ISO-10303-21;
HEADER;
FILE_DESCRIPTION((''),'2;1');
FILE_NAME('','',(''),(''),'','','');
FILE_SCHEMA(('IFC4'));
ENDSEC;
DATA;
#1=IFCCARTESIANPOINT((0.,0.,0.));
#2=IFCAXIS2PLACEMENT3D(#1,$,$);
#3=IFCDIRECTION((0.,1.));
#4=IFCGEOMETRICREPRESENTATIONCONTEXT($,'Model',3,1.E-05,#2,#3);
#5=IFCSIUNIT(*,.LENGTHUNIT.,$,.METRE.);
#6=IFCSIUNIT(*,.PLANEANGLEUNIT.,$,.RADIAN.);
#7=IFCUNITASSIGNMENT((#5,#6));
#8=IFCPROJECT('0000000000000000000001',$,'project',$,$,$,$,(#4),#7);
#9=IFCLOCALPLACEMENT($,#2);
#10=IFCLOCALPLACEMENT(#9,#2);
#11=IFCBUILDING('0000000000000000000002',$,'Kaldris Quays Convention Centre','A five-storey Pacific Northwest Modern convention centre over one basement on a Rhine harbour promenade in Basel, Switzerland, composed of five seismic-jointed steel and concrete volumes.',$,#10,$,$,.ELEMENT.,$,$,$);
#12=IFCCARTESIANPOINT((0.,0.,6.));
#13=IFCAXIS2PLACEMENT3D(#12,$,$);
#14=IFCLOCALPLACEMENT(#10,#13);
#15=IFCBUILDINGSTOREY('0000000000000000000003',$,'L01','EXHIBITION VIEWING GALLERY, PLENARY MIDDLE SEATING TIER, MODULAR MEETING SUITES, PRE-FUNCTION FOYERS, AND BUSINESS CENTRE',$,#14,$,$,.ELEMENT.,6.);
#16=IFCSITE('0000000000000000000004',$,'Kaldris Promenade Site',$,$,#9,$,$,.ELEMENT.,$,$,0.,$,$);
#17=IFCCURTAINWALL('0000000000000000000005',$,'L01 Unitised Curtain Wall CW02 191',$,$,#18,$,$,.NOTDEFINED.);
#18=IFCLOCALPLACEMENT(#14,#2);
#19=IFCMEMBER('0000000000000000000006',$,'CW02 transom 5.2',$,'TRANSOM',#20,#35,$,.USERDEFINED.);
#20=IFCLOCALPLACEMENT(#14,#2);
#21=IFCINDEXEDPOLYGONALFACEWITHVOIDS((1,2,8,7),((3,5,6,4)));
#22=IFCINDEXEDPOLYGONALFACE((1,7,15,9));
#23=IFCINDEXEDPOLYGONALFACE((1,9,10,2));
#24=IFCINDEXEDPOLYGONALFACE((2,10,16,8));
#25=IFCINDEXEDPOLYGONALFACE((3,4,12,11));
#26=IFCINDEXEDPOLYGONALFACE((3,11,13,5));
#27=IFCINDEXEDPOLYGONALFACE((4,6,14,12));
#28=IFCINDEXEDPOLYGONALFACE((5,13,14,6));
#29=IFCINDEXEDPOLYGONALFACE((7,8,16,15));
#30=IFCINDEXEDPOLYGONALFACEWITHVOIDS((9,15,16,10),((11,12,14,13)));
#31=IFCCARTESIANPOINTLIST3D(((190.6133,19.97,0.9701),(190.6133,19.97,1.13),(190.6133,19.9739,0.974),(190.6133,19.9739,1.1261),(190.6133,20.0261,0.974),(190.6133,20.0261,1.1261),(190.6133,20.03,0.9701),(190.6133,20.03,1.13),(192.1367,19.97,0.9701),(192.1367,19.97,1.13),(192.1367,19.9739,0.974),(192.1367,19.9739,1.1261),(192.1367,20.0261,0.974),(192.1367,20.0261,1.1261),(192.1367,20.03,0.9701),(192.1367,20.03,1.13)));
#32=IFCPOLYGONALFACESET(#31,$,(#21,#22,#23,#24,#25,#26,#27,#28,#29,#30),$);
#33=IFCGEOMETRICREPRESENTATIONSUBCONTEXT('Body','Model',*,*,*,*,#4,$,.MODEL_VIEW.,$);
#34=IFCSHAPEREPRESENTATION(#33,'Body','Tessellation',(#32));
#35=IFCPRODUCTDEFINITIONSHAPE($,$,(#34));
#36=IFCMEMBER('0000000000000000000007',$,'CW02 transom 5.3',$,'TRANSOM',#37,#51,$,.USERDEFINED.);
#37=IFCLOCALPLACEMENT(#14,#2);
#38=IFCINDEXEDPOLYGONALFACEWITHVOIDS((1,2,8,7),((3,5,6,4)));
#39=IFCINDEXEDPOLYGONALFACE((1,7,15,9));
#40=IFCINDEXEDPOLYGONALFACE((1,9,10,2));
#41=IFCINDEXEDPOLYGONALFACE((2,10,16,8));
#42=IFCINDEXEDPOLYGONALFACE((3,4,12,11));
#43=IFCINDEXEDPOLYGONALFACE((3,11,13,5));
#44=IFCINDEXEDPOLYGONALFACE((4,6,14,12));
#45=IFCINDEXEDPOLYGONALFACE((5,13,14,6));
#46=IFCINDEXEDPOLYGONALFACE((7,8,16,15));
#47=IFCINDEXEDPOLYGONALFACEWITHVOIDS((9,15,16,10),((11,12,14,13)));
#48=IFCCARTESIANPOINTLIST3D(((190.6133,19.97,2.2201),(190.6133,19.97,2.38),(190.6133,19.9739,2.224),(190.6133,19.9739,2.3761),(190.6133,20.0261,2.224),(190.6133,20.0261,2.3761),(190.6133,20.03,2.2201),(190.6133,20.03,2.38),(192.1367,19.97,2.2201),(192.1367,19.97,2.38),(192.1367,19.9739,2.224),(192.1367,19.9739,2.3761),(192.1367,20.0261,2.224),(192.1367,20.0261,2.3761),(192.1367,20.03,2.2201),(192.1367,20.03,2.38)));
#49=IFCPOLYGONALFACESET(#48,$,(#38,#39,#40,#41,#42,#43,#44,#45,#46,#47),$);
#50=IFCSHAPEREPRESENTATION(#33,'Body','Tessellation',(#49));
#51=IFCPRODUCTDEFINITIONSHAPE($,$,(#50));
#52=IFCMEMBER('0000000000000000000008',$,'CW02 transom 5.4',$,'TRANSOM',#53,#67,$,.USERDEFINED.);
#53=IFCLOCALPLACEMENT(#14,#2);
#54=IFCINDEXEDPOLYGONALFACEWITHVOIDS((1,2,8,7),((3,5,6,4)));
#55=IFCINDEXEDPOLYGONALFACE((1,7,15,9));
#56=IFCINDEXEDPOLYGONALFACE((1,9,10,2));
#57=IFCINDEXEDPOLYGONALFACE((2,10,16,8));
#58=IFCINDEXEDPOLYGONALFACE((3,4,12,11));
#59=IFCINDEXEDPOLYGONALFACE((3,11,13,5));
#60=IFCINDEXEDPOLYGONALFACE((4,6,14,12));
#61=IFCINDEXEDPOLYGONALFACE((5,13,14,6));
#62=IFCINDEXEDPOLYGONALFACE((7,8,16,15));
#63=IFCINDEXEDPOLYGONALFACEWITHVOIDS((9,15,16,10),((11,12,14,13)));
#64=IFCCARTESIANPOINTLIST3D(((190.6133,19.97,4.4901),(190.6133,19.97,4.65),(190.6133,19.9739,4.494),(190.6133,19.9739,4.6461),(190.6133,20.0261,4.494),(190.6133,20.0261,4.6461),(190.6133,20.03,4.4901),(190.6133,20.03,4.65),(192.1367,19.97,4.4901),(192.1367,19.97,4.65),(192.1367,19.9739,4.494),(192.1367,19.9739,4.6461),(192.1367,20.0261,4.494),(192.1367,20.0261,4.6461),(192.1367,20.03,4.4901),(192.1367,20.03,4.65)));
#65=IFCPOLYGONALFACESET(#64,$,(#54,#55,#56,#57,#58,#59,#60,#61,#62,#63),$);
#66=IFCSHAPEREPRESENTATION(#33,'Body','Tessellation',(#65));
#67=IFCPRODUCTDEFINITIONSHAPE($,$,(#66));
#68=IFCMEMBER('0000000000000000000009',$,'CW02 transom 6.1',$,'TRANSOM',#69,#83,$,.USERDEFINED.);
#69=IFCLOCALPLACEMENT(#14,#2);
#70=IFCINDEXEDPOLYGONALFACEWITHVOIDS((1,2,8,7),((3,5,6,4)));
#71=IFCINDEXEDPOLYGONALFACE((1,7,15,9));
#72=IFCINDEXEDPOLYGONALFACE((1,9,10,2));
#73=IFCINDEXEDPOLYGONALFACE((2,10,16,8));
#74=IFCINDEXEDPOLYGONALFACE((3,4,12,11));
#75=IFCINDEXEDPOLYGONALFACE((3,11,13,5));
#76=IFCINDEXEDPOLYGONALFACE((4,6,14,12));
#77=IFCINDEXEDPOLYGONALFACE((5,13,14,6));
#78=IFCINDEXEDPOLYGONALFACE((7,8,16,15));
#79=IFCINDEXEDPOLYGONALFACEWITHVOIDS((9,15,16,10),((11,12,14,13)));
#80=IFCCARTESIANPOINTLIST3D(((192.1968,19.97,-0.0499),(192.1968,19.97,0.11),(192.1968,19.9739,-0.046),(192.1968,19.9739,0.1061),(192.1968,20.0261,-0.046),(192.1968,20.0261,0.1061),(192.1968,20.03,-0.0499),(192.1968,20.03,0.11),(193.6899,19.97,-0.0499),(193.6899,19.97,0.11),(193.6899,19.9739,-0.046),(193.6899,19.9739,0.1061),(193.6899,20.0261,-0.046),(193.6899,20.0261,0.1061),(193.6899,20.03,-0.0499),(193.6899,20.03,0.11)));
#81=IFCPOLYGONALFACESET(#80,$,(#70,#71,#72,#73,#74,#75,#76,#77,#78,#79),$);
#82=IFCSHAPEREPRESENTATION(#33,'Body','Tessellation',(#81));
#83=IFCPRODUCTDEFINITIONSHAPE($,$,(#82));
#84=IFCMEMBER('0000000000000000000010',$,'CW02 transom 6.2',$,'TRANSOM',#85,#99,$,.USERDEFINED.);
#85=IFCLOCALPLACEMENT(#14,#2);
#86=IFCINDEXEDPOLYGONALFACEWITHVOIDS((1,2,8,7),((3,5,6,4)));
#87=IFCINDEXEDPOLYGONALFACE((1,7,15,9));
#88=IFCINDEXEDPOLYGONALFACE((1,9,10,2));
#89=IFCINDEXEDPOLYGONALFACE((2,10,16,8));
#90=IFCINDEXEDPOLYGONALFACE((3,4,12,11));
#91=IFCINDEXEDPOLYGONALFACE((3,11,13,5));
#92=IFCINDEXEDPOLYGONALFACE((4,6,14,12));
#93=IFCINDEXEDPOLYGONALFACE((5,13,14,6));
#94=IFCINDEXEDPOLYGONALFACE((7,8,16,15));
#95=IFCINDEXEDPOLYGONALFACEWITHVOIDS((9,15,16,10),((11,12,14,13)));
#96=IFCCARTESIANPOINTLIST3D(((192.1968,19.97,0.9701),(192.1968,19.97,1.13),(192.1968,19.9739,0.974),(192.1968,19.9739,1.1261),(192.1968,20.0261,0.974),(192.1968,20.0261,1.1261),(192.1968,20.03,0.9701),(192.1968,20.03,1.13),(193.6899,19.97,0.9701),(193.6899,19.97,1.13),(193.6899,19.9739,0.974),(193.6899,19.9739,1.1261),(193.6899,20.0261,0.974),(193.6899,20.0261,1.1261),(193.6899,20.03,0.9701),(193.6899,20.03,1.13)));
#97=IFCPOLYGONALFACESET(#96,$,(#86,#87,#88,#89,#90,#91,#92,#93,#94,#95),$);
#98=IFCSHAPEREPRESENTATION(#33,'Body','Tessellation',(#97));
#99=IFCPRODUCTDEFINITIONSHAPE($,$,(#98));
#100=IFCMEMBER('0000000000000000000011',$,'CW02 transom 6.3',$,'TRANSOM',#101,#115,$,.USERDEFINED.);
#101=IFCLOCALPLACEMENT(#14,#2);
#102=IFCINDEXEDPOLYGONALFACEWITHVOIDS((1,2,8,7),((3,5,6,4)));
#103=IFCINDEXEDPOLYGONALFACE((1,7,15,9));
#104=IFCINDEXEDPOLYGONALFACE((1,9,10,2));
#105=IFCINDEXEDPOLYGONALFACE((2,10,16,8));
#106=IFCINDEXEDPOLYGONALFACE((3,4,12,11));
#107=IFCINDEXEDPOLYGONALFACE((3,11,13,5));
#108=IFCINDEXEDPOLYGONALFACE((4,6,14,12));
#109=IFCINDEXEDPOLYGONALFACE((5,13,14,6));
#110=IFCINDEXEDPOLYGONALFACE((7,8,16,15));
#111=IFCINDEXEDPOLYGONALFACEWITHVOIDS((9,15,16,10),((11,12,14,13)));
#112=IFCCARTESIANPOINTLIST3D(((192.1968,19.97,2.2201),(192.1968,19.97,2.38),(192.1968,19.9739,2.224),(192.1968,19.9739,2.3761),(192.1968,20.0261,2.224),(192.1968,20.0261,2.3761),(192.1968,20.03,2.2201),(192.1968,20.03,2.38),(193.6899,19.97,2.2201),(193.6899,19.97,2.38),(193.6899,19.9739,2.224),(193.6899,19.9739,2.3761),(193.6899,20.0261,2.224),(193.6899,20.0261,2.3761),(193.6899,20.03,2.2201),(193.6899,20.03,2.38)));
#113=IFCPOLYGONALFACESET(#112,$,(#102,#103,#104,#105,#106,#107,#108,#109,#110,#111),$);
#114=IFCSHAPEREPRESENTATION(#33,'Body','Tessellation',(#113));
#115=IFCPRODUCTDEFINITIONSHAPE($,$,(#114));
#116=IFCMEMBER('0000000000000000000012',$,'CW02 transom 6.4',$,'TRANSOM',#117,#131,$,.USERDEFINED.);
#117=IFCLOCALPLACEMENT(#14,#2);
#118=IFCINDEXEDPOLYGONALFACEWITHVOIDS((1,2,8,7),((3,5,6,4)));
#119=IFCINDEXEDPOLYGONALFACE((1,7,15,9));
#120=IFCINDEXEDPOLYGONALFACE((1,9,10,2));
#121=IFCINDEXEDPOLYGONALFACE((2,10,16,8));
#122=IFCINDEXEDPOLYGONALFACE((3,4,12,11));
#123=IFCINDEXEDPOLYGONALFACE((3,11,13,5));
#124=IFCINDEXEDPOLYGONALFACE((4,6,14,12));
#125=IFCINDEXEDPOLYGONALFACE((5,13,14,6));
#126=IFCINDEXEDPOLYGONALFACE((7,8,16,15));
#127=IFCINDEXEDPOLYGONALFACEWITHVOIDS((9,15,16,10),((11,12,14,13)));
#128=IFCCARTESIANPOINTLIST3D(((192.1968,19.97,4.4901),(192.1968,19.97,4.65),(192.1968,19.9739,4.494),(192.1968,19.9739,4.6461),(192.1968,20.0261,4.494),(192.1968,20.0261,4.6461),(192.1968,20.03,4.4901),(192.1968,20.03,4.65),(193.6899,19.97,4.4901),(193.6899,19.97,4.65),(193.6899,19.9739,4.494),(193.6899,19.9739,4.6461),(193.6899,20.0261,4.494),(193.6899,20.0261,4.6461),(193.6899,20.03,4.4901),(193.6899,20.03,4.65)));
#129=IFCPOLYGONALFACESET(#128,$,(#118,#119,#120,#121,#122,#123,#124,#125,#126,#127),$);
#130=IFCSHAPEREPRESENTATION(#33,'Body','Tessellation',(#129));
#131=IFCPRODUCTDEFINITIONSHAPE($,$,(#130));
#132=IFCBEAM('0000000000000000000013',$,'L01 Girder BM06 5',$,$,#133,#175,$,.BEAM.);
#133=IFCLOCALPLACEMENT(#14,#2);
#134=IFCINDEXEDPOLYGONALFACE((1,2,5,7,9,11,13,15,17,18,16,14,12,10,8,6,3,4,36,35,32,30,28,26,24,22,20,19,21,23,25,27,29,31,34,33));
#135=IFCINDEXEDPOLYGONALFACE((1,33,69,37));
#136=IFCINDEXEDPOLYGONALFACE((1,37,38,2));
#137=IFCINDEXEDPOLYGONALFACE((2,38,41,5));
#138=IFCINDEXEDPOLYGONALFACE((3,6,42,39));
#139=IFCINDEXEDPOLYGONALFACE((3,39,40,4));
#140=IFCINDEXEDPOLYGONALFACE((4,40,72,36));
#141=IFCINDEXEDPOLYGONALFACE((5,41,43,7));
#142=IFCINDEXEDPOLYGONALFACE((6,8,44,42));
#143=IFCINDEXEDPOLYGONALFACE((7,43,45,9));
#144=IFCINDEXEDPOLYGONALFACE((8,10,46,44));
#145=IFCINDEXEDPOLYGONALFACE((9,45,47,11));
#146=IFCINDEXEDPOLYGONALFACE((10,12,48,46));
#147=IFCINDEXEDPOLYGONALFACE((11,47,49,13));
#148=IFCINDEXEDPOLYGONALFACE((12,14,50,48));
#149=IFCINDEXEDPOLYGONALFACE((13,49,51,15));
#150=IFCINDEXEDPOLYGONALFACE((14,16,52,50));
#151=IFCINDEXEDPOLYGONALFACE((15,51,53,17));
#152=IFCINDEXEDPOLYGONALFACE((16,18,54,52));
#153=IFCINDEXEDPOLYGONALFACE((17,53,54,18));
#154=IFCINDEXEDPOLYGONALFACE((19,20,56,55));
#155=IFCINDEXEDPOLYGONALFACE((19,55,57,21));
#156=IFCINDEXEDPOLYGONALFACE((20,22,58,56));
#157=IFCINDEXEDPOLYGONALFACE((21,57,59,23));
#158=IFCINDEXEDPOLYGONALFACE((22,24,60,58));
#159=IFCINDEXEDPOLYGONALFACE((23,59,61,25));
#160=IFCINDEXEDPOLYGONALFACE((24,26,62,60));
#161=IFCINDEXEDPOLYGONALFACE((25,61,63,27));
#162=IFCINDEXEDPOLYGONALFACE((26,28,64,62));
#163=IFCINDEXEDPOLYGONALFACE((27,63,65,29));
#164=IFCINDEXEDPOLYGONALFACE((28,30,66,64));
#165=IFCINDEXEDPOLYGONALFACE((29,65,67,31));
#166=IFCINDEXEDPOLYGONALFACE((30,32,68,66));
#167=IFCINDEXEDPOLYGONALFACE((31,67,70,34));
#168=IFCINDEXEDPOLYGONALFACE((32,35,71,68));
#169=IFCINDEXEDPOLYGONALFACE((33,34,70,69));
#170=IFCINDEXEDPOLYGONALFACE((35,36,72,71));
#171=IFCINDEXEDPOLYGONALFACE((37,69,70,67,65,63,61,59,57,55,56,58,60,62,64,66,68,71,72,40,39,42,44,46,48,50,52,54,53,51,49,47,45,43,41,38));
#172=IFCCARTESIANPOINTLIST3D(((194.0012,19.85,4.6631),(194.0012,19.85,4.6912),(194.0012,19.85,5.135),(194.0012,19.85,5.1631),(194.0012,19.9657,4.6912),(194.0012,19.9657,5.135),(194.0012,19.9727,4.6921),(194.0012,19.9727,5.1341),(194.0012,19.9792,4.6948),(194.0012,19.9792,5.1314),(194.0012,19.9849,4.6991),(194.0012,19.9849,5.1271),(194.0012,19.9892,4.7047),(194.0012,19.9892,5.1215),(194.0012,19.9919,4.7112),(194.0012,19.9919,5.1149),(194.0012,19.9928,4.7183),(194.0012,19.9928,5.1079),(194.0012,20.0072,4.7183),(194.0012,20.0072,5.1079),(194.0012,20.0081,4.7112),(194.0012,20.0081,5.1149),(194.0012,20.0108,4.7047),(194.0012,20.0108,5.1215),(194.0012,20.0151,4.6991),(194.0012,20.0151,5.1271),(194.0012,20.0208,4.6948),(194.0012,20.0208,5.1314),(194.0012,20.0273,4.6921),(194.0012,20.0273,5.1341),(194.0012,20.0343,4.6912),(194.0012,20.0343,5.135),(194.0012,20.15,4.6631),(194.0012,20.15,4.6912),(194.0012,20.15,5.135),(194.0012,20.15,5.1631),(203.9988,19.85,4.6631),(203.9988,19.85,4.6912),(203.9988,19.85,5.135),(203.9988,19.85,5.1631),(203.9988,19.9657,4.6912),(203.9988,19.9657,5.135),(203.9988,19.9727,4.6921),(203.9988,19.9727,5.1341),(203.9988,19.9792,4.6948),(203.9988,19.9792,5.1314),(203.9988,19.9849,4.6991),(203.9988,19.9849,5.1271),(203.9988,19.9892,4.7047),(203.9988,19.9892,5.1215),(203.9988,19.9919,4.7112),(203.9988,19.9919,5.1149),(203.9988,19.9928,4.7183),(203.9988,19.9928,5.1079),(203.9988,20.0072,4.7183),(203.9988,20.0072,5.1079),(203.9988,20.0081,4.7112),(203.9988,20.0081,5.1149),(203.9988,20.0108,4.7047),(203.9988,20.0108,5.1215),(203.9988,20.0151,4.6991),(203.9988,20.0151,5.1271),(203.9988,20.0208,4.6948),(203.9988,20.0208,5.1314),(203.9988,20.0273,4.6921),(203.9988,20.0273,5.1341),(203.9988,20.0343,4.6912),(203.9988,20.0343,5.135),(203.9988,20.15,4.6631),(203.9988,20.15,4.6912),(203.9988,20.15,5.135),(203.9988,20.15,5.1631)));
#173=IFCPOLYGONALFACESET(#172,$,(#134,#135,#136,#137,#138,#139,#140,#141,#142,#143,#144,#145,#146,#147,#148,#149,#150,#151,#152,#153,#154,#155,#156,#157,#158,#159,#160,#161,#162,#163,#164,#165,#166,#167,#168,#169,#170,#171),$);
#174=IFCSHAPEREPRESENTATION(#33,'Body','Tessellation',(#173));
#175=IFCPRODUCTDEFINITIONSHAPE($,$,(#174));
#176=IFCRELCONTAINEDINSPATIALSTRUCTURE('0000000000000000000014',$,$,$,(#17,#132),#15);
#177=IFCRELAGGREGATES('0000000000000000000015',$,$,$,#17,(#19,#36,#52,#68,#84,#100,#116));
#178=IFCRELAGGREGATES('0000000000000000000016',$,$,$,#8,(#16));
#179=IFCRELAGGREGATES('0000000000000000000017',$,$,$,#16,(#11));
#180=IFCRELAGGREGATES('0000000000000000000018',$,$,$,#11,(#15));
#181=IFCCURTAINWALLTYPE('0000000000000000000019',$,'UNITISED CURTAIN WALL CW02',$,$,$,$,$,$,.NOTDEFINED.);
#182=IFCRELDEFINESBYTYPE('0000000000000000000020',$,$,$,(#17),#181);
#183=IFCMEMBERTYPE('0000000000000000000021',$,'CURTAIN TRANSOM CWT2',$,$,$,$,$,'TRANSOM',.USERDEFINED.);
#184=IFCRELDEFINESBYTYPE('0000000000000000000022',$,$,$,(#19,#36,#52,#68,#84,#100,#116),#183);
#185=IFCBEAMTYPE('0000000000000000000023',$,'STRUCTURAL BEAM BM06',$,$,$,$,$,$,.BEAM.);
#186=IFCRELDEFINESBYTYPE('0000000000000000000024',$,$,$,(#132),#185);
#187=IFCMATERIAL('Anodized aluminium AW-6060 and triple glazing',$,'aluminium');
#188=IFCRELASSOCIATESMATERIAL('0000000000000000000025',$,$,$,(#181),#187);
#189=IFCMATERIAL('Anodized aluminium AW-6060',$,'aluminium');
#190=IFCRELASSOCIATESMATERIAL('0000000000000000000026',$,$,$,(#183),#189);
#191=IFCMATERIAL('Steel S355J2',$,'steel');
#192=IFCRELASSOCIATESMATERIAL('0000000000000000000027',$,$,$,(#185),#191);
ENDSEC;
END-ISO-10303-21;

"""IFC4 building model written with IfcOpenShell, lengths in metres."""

from ifc_helpers import new_model, si_unit, direction, frame, origin, origin_2d, place, context, subcontext, project, spatial, hollow_rectangle, i_section, extrude, material, material_profile, profile_set, type_object, element, aggregate, save


model = new_model("IFC4")

# Units and contexts
model_context = context("Model", 3, precision=1e-05, world=origin(), true_north=direction((0.0, 1.0)))
body_context = subcontext(model_context, "Body", "Model", "MODEL_VIEW")
ifc_project = project(units=[si_unit("LENGTHUNIT", "METRE"), si_unit("PLANEANGLEUNIT", "RADIAN")], contexts=[model_context])

# Site, building, storey
site_placement = place(None, origin())
site = spatial("IfcSite", under=ifc_project, at=site_placement, Name="Kaldris Promenade Site", CompositionType="ELEMENT", RefElevation=0.0)
building_placement = place(site_placement, origin())
building = spatial("IfcBuilding", under=site, at=building_placement, Name="Kaldris Quays Convention Centre", Description="A five-storey Pacific Northwest Modern convention centre over one basement on a Rhine harbour promenade in Basel, Switzerland, composed of five seismic-jointed steel and concrete volumes.", CompositionType="ELEMENT")
storey_placement = place(building_placement, frame((0.0, 0.0, 6.0)))
storey = spatial("IfcBuildingStorey", under=building, at=storey_placement, Name="L01", Description="EXHIBITION VIEWING GALLERY, PLENARY MIDDLE SEATING TIER, MODULAR MEETING SUITES, PRE-FUNCTION FOYERS, AND BUSINESS CENTRE", CompositionType="ELEMENT", Elevation=6.0)

# Shared definitions
ifc_material_1 = material(Name="Steel S355J2", Category="steel")

# Curtain wall, members
ifc_material_2 = material(Name="Anodized aluminium AW-6060 and triple glazing", Category="aluminium")
curtain_wall_type = type_object("IfcCurtainWallType", Name="UNITISED CURTAIN WALL CW02", PredefinedType="NOTDEFINED", material=ifc_material_2)
curtain_wall_placement = place(storey_placement, origin())
curtain_wall = element("IfcCurtainWall", 1, at=curtain_wall_placement, inside=storey, type_object=curtain_wall_type, Name="L01 Unitised Curtain Wall CW02 191", PredefinedType="NOTDEFINED")
ifc_material_3 = material(Name="Anodized aluminium AW-6060", Category="aluminium")
ifc_material_profile_1 = material_profile(ifc_material_3, hollow_rectangle(XDim=0.0601, YDim=0.1599, WallThickness=0.0039, at=origin_2d()), Name="RHS 160x60x4")
ifc_profile_set_1 = profile_set([ifc_material_profile_1], Name="Anodized aluminium AW-6060")
member_type_1 = type_object("IfcMemberType", Name="CURTAIN TRANSOM CWT2", ElementType="TRANSOM", PredefinedType="USERDEFINED", material=ifc_profile_set_1)
member_1_placement = place(storey_placement, frame((190.6133, 20.0, 1.05), z_axis=(1.0, 0.0, 0.0), x_axis=(0.0, 1.0, 0.0)))
member_1 = element("IfcMember", 2, at=member_1_placement, type_object=member_type_1, Name="CW02 transom 5.2", ObjectType="TRANSOM", PredefinedType="USERDEFINED", context=body_context, shape_type="SweptSolid", body=[
    extrude(hollow_rectangle(XDim=0.0601, YDim=0.1599, WallThickness=0.0039, at=origin_2d()), origin(), (0.0, 0.0, 1.0), 1.5234),
])
member_2_placement = place(storey_placement, frame((190.6133, 20.0, 2.3), z_axis=(1.0, 0.0, 0.0), x_axis=(0.0, 1.0, 0.0)))
member_2 = element("IfcMember", 3, at=member_2_placement, type_object=member_type_1, Name="CW02 transom 5.3", ObjectType="TRANSOM", PredefinedType="USERDEFINED", context=body_context, shape_type="SweptSolid", body=[
    extrude(hollow_rectangle(XDim=0.0601, YDim=0.1599, WallThickness=0.0039, at=origin_2d()), origin(), (0.0, 0.0, 1.0), 1.5234),
])
member_3_placement = place(storey_placement, frame((190.6133, 20.0, 4.5701), z_axis=(1.0, 0.0, 0.0), x_axis=(0.0, 1.0, 0.0)))
member_3 = element("IfcMember", 4, at=member_3_placement, type_object=member_type_1, Name="CW02 transom 5.4", ObjectType="TRANSOM", PredefinedType="USERDEFINED", context=body_context, shape_type="SweptSolid", body=[
    extrude(hollow_rectangle(XDim=0.0601, YDim=0.1599, WallThickness=0.0039, at=origin_2d()), origin(), (0.0, 0.0, 1.0), 1.5234),
])
member_4_placement = place(storey_placement, frame((192.1968, 20.0, 0.03), z_axis=(1.0, 0.0, 0.0), x_axis=(0.0, 1.0, 0.0)))
member_4 = element("IfcMember", 5, at=member_4_placement, type_object=member_type_1, Name="CW02 transom 6.1", ObjectType="TRANSOM", PredefinedType="USERDEFINED", context=body_context, shape_type="SweptSolid", body=[
    extrude(hollow_rectangle(XDim=0.0601, YDim=0.1599, WallThickness=0.0039, at=origin_2d()), origin(), (0.0, 0.0, 1.0), 1.4932),
])
member_5_placement = place(storey_placement, frame((192.1968, 20.0, 1.05), z_axis=(1.0, 0.0, 0.0), x_axis=(0.0, 1.0, 0.0)))
member_5 = element("IfcMember", 6, at=member_5_placement, type_object=member_type_1, Name="CW02 transom 6.2", ObjectType="TRANSOM", PredefinedType="USERDEFINED", context=body_context, shape_type="SweptSolid", body=[
    extrude(hollow_rectangle(XDim=0.0601, YDim=0.1599, WallThickness=0.0039, at=origin_2d()), origin(), (0.0, 0.0, 1.0), 1.4932),
])
member_6_placement = place(storey_placement, frame((192.1968, 20.0, 2.3), z_axis=(1.0, 0.0, 0.0), x_axis=(0.0, 1.0, 0.0)))
member_6 = element("IfcMember", 7, at=member_6_placement, type_object=member_type_1, Name="CW02 transom 6.3", ObjectType="TRANSOM", PredefinedType="USERDEFINED", context=body_context, shape_type="SweptSolid", body=[
    extrude(hollow_rectangle(XDim=0.0601, YDim=0.1599, WallThickness=0.0039, at=origin_2d()), origin(), (0.0, 0.0, 1.0), 1.4932),
])
member_7_placement = place(storey_placement, frame((192.1968, 20.0, 4.5701), z_axis=(1.0, 0.0, 0.0), x_axis=(0.0, 1.0, 0.0)))
member_7 = element("IfcMember", 8, at=member_7_placement, type_object=member_type_1, Name="CW02 transom 6.4", ObjectType="TRANSOM", PredefinedType="USERDEFINED", context=body_context, shape_type="SweptSolid", body=[
    extrude(hollow_rectangle(XDim=0.0601, YDim=0.1599, WallThickness=0.0039, at=origin_2d()), origin(), (0.0, 0.0, 1.0), 1.4932),
])

# Beam
ifc_material_profile_2 = material_profile(ifc_material_1, i_section(OverallWidth=0.3, OverallDepth=0.5, WebThickness=0.0144, FlangeThickness=0.0281, FilletRadius=0.0271, at=origin_2d()), Name="HEB 500")
ifc_profile_set_2 = profile_set([ifc_material_profile_2], Name="Steel S355J2")
beam_type_1 = type_object("IfcBeamType", Name="STRUCTURAL BEAM BM06", PredefinedType="BEAM", material=ifc_profile_set_2)
beam_1_placement = place(storey_placement, frame((194.0012, 20.0, 4.9131), z_axis=(1.0, 0.0, 0.0), x_axis=(0.0, 1.0, 0.0)))
element("IfcBeam", 9, at=beam_1_placement, inside=storey, type_object=beam_type_1, Name="L01 Girder BM06 5", PredefinedType="BEAM", context=body_context, shape_type="SweptSolid", body=[
    extrude(i_section(OverallWidth=0.3, OverallDepth=0.5, WebThickness=0.0144, FlangeThickness=0.0281, FilletRadius=0.0271, at=origin_2d()), origin(), (0.0, 0.0, 1.0), 9.9976),
])

aggregate(curtain_wall, [member_1, member_2, member_3, member_4, member_5, member_6, member_7])

save(model, "model.ifc")
